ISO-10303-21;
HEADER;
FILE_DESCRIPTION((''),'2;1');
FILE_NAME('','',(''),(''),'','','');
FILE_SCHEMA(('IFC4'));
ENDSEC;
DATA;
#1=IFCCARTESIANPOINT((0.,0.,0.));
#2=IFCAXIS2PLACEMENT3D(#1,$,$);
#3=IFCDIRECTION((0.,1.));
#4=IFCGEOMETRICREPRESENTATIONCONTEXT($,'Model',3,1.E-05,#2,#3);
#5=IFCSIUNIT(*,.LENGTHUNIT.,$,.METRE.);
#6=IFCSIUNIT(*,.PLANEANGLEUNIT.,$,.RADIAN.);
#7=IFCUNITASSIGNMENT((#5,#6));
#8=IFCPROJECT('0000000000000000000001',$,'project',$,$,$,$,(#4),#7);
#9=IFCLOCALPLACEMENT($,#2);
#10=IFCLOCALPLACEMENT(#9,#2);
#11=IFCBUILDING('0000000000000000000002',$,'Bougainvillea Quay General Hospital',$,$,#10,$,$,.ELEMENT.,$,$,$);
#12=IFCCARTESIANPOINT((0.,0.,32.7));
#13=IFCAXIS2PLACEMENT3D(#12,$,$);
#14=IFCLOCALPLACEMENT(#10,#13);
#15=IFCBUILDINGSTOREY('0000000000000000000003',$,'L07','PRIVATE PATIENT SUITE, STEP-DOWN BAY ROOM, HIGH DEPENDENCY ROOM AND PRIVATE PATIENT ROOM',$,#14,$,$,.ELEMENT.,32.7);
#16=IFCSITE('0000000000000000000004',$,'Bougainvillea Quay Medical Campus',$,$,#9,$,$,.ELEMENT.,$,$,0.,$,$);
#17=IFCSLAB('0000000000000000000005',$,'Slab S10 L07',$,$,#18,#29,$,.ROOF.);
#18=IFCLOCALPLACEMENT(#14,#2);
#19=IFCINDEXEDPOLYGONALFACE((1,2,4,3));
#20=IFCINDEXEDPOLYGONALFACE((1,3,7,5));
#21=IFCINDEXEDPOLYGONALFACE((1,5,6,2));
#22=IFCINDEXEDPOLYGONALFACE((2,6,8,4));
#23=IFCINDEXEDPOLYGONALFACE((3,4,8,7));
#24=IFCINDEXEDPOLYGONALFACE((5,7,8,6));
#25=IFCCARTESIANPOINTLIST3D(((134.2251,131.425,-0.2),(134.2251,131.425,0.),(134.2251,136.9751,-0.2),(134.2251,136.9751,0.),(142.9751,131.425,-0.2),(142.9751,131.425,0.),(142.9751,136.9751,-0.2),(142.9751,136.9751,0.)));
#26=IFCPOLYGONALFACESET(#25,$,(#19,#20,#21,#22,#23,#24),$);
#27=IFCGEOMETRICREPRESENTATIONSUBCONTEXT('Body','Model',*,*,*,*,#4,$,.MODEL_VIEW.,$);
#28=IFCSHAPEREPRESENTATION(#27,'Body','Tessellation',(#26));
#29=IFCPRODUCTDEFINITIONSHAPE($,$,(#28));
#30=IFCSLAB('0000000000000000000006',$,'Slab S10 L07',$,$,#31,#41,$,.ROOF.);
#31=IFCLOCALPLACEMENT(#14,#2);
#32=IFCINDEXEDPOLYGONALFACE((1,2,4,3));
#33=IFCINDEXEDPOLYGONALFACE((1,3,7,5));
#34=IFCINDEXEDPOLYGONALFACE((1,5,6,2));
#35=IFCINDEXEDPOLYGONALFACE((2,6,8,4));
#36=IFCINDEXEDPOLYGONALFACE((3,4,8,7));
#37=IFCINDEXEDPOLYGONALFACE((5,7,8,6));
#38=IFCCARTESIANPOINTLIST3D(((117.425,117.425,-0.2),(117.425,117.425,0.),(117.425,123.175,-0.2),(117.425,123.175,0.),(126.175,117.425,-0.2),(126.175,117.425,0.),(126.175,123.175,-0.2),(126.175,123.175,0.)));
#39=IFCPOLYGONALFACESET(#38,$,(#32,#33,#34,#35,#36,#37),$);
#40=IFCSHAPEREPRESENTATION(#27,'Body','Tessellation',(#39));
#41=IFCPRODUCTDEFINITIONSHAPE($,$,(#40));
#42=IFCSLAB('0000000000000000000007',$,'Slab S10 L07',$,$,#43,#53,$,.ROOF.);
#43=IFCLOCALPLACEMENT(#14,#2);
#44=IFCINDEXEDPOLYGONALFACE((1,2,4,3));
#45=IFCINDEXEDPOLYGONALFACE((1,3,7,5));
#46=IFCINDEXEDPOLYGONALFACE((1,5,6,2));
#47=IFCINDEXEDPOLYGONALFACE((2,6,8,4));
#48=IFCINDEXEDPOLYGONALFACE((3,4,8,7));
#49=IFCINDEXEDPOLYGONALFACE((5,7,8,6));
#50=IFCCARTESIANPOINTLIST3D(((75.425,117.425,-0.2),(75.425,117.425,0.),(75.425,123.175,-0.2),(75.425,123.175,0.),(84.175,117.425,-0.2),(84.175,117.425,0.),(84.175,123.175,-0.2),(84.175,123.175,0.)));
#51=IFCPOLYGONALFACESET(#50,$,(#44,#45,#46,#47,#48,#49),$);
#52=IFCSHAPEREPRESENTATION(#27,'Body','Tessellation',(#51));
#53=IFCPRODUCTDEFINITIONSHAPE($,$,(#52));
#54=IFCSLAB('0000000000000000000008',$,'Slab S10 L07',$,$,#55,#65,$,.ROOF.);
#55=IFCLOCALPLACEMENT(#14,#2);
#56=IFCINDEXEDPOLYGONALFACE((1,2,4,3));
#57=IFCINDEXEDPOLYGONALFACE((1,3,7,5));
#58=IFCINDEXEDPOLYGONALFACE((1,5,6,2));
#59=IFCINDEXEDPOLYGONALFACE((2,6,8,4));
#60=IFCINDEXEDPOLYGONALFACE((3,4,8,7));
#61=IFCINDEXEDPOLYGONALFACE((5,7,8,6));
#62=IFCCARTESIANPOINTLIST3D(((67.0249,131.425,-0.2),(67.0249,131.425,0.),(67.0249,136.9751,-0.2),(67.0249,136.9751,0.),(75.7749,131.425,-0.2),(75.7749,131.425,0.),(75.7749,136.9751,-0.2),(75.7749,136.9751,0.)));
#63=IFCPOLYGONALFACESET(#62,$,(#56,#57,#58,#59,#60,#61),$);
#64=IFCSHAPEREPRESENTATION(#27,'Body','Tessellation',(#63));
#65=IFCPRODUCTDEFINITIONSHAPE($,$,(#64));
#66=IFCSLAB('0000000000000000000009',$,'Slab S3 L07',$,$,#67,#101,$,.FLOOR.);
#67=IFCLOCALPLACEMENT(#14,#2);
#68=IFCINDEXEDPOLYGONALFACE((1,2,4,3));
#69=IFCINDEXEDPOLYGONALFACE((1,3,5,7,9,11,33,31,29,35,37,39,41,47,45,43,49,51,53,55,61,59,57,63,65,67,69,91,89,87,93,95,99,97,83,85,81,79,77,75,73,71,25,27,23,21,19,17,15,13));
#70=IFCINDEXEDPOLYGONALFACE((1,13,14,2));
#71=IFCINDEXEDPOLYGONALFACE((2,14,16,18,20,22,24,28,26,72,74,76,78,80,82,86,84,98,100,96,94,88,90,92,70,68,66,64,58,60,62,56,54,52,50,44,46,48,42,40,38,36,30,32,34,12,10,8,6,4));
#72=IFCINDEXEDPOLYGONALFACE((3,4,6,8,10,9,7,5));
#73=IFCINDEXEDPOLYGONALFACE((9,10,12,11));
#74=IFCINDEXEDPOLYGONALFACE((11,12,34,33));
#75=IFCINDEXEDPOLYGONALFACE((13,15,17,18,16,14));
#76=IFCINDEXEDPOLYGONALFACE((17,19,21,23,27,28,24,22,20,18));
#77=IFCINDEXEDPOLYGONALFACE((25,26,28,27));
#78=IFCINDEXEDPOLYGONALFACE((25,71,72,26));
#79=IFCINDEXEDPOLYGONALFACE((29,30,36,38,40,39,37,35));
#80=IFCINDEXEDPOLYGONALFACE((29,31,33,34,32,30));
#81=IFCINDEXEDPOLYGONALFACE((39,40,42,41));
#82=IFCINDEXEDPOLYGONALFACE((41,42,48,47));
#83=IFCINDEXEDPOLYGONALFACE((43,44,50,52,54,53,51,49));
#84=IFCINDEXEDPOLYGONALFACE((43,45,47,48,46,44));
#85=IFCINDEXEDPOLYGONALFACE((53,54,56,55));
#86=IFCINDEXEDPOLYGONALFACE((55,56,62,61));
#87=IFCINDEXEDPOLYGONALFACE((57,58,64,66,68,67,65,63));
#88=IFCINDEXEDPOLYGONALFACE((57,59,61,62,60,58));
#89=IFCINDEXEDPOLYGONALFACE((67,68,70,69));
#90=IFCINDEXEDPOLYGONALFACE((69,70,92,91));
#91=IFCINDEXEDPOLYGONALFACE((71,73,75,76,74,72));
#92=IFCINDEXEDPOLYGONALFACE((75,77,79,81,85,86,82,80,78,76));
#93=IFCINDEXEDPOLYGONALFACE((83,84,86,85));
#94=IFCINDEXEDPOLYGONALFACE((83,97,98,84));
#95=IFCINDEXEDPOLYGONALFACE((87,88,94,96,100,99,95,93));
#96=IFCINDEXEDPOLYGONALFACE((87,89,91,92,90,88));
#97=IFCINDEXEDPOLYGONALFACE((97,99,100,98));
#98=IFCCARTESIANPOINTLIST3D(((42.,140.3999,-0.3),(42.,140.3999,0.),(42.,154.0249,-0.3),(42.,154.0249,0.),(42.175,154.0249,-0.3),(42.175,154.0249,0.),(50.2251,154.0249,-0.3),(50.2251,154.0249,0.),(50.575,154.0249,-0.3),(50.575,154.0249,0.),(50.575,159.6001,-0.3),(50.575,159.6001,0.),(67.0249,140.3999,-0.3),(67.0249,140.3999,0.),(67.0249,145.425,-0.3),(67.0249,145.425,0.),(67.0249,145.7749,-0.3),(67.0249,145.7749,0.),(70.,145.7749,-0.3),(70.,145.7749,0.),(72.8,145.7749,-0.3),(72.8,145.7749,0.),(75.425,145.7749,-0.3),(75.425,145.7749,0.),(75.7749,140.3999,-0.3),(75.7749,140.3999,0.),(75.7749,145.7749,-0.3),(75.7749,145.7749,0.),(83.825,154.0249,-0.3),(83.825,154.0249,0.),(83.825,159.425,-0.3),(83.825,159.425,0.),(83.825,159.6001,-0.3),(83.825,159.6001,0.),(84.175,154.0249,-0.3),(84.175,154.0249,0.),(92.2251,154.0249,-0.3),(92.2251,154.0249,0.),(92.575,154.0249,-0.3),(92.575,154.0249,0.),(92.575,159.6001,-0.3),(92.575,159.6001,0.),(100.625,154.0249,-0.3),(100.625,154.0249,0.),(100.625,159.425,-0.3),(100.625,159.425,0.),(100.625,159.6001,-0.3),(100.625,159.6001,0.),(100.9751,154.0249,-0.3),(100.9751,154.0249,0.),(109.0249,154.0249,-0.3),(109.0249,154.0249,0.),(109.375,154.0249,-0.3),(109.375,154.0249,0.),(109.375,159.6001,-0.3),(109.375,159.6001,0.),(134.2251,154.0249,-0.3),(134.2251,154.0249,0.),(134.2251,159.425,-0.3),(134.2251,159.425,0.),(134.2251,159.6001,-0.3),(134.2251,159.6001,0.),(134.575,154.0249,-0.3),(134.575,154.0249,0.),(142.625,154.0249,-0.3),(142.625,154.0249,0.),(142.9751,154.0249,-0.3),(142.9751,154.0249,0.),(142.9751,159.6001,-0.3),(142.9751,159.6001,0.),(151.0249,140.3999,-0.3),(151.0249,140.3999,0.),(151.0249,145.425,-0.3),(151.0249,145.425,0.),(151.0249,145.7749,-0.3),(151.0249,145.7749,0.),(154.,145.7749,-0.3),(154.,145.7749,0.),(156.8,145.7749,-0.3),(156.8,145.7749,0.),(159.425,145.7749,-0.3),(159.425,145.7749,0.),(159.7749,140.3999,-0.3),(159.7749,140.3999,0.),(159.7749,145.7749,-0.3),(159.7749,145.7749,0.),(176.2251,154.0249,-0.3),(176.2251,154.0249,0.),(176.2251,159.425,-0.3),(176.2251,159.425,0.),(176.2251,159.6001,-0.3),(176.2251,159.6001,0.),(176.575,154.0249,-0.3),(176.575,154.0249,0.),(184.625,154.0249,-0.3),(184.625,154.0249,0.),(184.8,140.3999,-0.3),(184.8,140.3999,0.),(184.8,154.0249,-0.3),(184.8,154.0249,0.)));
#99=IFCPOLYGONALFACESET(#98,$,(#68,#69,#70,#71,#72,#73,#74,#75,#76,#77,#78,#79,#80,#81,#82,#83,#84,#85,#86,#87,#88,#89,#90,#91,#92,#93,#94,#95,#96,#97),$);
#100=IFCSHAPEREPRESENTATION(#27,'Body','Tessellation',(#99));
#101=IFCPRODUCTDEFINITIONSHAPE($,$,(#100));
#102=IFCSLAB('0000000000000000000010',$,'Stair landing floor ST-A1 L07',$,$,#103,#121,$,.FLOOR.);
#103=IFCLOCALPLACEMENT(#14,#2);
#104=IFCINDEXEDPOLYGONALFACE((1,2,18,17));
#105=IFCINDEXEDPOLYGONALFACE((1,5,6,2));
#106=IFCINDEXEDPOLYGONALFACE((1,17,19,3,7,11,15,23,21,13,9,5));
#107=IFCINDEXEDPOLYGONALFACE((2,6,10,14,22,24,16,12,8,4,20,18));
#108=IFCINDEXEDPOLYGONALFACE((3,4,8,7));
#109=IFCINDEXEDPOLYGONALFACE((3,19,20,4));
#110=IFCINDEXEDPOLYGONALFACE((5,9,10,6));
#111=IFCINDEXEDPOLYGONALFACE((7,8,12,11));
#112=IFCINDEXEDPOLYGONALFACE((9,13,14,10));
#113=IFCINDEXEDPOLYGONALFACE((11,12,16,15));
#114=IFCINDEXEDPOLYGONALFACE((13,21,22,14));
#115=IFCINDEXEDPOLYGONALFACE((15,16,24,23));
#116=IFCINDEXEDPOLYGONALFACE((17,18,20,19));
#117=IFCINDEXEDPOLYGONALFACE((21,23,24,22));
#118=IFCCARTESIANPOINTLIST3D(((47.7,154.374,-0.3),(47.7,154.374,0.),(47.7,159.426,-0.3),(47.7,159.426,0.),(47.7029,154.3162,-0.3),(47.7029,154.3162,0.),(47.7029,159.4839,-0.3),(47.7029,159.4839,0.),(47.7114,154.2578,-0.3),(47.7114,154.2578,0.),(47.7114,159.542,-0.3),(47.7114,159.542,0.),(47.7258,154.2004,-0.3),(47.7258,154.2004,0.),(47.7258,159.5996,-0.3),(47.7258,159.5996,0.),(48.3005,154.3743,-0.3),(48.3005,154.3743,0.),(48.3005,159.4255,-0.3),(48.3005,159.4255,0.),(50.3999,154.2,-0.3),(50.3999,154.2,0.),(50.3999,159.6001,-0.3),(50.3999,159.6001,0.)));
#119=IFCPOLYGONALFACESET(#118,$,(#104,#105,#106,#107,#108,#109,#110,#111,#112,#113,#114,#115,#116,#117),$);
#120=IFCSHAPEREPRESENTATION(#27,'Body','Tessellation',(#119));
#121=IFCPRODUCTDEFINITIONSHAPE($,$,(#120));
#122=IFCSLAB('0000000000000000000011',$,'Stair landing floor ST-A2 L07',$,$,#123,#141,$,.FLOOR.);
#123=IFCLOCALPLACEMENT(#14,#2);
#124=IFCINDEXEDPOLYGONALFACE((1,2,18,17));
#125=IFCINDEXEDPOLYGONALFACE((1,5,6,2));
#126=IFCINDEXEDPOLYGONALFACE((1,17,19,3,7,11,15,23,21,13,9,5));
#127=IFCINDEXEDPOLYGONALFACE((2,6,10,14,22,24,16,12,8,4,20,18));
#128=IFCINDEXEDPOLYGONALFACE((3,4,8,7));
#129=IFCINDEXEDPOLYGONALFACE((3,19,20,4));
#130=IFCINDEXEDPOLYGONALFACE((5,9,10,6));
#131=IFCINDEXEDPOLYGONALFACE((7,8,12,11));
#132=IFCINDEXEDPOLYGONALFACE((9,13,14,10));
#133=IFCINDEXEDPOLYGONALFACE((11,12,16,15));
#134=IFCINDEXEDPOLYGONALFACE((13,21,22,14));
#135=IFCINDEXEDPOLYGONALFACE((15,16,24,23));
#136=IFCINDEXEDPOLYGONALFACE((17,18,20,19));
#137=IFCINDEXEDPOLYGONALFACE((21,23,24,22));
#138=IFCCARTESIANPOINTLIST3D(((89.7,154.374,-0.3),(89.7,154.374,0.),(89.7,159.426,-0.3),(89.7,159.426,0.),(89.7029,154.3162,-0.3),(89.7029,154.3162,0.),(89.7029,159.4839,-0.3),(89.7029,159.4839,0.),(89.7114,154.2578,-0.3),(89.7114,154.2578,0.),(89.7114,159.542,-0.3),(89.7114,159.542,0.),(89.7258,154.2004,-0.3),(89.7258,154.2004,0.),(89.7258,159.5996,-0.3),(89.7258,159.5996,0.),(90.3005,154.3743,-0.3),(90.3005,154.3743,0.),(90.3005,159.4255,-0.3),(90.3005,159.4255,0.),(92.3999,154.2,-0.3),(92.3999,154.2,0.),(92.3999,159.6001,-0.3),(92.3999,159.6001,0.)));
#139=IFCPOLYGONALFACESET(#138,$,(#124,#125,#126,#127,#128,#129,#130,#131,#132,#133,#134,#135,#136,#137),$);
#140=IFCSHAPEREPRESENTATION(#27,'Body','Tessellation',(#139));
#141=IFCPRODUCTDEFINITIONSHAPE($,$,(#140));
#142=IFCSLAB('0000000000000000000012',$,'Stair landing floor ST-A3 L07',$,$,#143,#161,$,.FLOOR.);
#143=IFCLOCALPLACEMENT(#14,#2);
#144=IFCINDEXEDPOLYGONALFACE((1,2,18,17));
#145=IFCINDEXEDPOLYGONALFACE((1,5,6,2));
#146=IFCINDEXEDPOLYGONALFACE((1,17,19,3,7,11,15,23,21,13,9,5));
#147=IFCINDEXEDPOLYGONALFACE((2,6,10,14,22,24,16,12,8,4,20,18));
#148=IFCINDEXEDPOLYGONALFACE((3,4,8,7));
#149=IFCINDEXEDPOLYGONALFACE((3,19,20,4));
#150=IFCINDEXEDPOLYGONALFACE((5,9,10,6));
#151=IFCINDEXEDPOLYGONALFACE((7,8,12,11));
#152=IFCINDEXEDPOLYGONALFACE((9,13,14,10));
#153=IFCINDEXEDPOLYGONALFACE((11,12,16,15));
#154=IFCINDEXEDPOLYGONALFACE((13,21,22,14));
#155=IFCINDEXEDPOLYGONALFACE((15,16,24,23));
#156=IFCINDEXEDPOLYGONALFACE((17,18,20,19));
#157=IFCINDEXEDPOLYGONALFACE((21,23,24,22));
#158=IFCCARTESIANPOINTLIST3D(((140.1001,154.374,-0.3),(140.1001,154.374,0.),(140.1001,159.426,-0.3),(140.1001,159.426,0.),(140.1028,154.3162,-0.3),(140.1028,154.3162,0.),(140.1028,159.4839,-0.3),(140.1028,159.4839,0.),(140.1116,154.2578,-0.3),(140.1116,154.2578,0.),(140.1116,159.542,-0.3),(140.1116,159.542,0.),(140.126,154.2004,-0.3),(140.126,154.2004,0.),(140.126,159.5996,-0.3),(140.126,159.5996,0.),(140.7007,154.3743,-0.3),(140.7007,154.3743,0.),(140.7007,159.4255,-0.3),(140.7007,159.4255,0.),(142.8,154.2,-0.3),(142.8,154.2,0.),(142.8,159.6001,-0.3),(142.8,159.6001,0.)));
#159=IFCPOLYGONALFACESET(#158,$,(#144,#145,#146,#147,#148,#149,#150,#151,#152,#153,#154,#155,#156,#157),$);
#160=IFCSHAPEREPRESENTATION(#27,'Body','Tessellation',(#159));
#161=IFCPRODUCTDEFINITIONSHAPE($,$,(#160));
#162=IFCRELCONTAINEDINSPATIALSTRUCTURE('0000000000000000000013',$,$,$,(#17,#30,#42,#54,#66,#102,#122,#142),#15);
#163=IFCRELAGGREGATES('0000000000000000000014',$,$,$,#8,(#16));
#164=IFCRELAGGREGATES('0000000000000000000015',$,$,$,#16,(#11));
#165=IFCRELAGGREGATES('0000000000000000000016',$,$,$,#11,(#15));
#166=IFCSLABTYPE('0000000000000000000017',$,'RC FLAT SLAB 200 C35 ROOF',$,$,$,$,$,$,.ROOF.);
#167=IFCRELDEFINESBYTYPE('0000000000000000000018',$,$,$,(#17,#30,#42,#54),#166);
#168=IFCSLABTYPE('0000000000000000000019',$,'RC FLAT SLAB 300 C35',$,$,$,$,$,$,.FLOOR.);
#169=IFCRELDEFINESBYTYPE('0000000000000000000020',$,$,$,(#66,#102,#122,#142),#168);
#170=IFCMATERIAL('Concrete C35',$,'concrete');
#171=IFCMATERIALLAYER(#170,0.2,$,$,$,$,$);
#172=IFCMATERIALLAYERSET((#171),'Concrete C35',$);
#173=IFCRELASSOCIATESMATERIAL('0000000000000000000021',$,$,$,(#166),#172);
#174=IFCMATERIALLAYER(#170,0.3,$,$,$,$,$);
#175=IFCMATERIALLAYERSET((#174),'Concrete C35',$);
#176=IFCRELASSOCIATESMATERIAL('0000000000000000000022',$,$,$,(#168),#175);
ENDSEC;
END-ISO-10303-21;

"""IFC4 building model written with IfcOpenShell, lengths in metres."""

from ifc_helpers import new_model, si_unit, direction, frame, origin, place, context, subcontext, project, spatial, polyline, outline, extrude, material, layer, layer_set, type_object, element, save


model = new_model("IFC4")

# Units and contexts
model_context = context("Model", 3, precision=1e-05, world=origin(), true_north=direction((0.0, 1.0)))
body_context = subcontext(model_context, "Body", "Model", "MODEL_VIEW")
ifc_project = project(units=[si_unit("LENGTHUNIT", "METRE"), si_unit("PLANEANGLEUNIT", "RADIAN")], contexts=[model_context])

# Site, building, storey
site_placement = place(None, origin())
site = spatial("IfcSite", under=ifc_project, at=site_placement, Name="Bougainvillea Quay Medical Campus", CompositionType="ELEMENT", RefElevation=0.0)
building_placement = place(site_placement, origin())
building = spatial("IfcBuilding", under=site, at=building_placement, Name="Bougainvillea Quay General Hospital", CompositionType="ELEMENT")
storey_placement = place(building_placement, frame((0.0, 0.0, 32.7)))
storey = spatial("IfcBuildingStorey", under=building, at=storey_placement, Name="L07", Description="PRIVATE PATIENT SUITE, STEP-DOWN BAY ROOM, HIGH DEPENDENCY ROOM AND PRIVATE PATIENT ROOM", CompositionType="ELEMENT", Elevation=32.7)

# Slabs
ifc_material_1 = material(Name="Concrete C35", Category="concrete")
ifc_layer_1 = layer(ifc_material_1, 0.2)
ifc_layer_set_1 = layer_set([ifc_layer_1], Name="Concrete C35")
slab_type_1 = type_object("IfcSlabType", Name="RC FLAT SLAB 200 C35 ROOF", PredefinedType="ROOF", material=ifc_layer_set_1)
slab_1_placement = place(storey_placement, frame((0.0, 0.0, -0.2)))
element("IfcSlab", 1, at=slab_1_placement, inside=storey, type_object=slab_type_1, Name="Slab S10 L07", PredefinedType="ROOF", context=body_context, shape_type="SweptSolid", body=[
    extrude(outline(polyline([(142.9751, 136.9751), (134.2251, 136.9751), (134.2251, 131.425), (142.9751, 131.425), (142.9751, 136.9751)])), origin(), (0.0, 0.0, 1.0), 0.2),
])
slab_2_placement = place(storey_placement, frame((0.0, 0.0, -0.2)))
element("IfcSlab", 2, at=slab_2_placement, inside=storey, type_object=slab_type_1, Name="Slab S10 L07", PredefinedType="ROOF", context=body_context, shape_type="SweptSolid", body=[
    extrude(outline(polyline([(126.175, 123.175), (117.425, 123.175), (117.425, 117.425), (126.175, 117.425), (126.175, 123.175)])), origin(), (0.0, 0.0, 1.0), 0.2),
])
slab_3_placement = place(storey_placement, frame((0.0, 0.0, -0.2)))
element("IfcSlab", 3, at=slab_3_placement, inside=storey, type_object=slab_type_1, Name="Slab S10 L07", PredefinedType="ROOF", context=body_context, shape_type="SweptSolid", body=[
    extrude(outline(polyline([(84.175, 123.175), (75.425, 123.175), (75.425, 117.425), (84.175, 117.425), (84.175, 123.175)])), origin(), (0.0, 0.0, 1.0), 0.2),
])
slab_4_placement = place(storey_placement, frame((0.0, 0.0, -0.2)))
element("IfcSlab", 4, at=slab_4_placement, inside=storey, type_object=slab_type_1, Name="Slab S10 L07", PredefinedType="ROOF", context=body_context, shape_type="SweptSolid", body=[
    extrude(outline(polyline([(75.7749, 136.9751), (67.0249, 136.9751), (67.0249, 131.425), (75.7749, 131.425), (75.7749, 136.9751)])), origin(), (0.0, 0.0, 1.0), 0.2),
])
ifc_layer_2 = layer(ifc_material_1, 0.3)
ifc_layer_set_2 = layer_set([ifc_layer_2], Name="Concrete C35")
slab_type_2 = type_object("IfcSlabType", Name="RC FLAT SLAB 300 C35", PredefinedType="FLOOR", material=ifc_layer_set_2)
slab_5_placement = place(storey_placement, frame((0.0, 0.0, -0.3)))
element("IfcSlab", 5, at=slab_5_placement, inside=storey, type_object=slab_type_2, Name="Slab S3 L07", PredefinedType="FLOOR", context=body_context, shape_type="SweptSolid", body=[
    extrude(outline(polyline([(184.8, 140.3999), (184.8, 154.0249), (184.625, 154.0249), (176.575, 154.0249), (176.2251, 154.0249), (176.2251, 159.425), (176.2251, 159.6001), (142.9751, 159.6001), (142.9751, 154.0249), (142.625, 154.0249), (134.575, 154.0249), (134.2251, 154.0249), (134.2251, 159.425), (134.2251, 159.6001), (109.375, 159.6001), (109.375, 154.0249), (109.0249, 154.0249), (100.9751, 154.0249), (100.625, 154.0249), (100.625, 159.425), (100.625, 159.6001), (92.575, 159.6001), (92.575, 154.0249), (92.2251, 154.0249), (84.175, 154.0249), (83.825, 154.0249), (83.825, 159.425), (83.825, 159.6001), (50.575, 159.6001), (50.575, 154.0249), (50.2251, 154.0249), (42.175, 154.0249), (42.0, 154.0249), (42.0, 140.3999), (67.0249, 140.3999), (67.0249, 145.425), (67.0249, 145.7749), (70.0, 145.7749), (72.8, 145.7749), (75.425, 145.7749), (75.7749, 145.7749), (75.7749, 140.3999), (151.0249, 140.3999), (151.0249, 145.425), (151.0249, 145.7749), (154.0, 145.7749), (156.8, 145.7749), (159.425, 145.7749), (159.7749, 145.7749), (159.7749, 140.3999), (184.8, 140.3999)])), origin(), (0.0, 0.0, 1.0), 0.3),
])
slab_6_placement = place(storey_placement, frame((0.0, 0.0, -0.3)))
element("IfcSlab", 6, at=slab_6_placement, inside=storey, type_object=slab_type_2, Name="Stair landing floor ST-A1 L07", PredefinedType="FLOOR", context=body_context, shape_type="SweptSolid", body=[
    extrude(outline(polyline([(47.7029, 159.4839), (47.7114, 159.542), (47.7258, 159.5996), (50.3999, 159.6001), (50.3999, 154.2), (47.7258, 154.2004), (47.7114, 154.2578), (47.7029, 154.3162), (47.7, 154.374), (48.3005, 154.3743), (48.3005, 159.4255), (47.7, 159.426), (47.7029, 159.4839)])), origin(), (0.0, 0.0, 1.0), 0.3),
])
slab_7_placement = place(storey_placement, frame((0.0, 0.0, -0.3)))
element("IfcSlab", 7, at=slab_7_placement, inside=storey, type_object=slab_type_2, Name="Stair landing floor ST-A2 L07", PredefinedType="FLOOR", context=body_context, shape_type="SweptSolid", body=[
    extrude(outline(polyline([(89.7029, 159.4839), (89.7114, 159.542), (89.7258, 159.5996), (92.3999, 159.6001), (92.3999, 154.2), (89.7258, 154.2004), (89.7114, 154.2578), (89.7029, 154.3162), (89.7, 154.374), (90.3005, 154.3743), (90.3005, 159.4255), (89.7, 159.426), (89.7029, 159.4839)])), origin(), (0.0, 0.0, 1.0), 0.3),
])
slab_8_placement = place(storey_placement, frame((0.0, 0.0, -0.3)))
element("IfcSlab", 8, at=slab_8_placement, inside=storey, type_object=slab_type_2, Name="Stair landing floor ST-A3 L07", PredefinedType="FLOOR", context=body_context, shape_type="SweptSolid", body=[
    extrude(outline(polyline([(140.1028, 159.4839), (140.1116, 159.542), (140.126, 159.5996), (142.8, 159.6001), (142.8, 154.2), (140.126, 154.2004), (140.1116, 154.2578), (140.1028, 154.3162), (140.1001, 154.374), (140.7007, 154.3743), (140.7007, 159.4255), (140.1001, 159.426), (140.1028, 159.4839)])), origin(), (0.0, 0.0, 1.0), 0.3),
])

save(model, "model.ifc")
